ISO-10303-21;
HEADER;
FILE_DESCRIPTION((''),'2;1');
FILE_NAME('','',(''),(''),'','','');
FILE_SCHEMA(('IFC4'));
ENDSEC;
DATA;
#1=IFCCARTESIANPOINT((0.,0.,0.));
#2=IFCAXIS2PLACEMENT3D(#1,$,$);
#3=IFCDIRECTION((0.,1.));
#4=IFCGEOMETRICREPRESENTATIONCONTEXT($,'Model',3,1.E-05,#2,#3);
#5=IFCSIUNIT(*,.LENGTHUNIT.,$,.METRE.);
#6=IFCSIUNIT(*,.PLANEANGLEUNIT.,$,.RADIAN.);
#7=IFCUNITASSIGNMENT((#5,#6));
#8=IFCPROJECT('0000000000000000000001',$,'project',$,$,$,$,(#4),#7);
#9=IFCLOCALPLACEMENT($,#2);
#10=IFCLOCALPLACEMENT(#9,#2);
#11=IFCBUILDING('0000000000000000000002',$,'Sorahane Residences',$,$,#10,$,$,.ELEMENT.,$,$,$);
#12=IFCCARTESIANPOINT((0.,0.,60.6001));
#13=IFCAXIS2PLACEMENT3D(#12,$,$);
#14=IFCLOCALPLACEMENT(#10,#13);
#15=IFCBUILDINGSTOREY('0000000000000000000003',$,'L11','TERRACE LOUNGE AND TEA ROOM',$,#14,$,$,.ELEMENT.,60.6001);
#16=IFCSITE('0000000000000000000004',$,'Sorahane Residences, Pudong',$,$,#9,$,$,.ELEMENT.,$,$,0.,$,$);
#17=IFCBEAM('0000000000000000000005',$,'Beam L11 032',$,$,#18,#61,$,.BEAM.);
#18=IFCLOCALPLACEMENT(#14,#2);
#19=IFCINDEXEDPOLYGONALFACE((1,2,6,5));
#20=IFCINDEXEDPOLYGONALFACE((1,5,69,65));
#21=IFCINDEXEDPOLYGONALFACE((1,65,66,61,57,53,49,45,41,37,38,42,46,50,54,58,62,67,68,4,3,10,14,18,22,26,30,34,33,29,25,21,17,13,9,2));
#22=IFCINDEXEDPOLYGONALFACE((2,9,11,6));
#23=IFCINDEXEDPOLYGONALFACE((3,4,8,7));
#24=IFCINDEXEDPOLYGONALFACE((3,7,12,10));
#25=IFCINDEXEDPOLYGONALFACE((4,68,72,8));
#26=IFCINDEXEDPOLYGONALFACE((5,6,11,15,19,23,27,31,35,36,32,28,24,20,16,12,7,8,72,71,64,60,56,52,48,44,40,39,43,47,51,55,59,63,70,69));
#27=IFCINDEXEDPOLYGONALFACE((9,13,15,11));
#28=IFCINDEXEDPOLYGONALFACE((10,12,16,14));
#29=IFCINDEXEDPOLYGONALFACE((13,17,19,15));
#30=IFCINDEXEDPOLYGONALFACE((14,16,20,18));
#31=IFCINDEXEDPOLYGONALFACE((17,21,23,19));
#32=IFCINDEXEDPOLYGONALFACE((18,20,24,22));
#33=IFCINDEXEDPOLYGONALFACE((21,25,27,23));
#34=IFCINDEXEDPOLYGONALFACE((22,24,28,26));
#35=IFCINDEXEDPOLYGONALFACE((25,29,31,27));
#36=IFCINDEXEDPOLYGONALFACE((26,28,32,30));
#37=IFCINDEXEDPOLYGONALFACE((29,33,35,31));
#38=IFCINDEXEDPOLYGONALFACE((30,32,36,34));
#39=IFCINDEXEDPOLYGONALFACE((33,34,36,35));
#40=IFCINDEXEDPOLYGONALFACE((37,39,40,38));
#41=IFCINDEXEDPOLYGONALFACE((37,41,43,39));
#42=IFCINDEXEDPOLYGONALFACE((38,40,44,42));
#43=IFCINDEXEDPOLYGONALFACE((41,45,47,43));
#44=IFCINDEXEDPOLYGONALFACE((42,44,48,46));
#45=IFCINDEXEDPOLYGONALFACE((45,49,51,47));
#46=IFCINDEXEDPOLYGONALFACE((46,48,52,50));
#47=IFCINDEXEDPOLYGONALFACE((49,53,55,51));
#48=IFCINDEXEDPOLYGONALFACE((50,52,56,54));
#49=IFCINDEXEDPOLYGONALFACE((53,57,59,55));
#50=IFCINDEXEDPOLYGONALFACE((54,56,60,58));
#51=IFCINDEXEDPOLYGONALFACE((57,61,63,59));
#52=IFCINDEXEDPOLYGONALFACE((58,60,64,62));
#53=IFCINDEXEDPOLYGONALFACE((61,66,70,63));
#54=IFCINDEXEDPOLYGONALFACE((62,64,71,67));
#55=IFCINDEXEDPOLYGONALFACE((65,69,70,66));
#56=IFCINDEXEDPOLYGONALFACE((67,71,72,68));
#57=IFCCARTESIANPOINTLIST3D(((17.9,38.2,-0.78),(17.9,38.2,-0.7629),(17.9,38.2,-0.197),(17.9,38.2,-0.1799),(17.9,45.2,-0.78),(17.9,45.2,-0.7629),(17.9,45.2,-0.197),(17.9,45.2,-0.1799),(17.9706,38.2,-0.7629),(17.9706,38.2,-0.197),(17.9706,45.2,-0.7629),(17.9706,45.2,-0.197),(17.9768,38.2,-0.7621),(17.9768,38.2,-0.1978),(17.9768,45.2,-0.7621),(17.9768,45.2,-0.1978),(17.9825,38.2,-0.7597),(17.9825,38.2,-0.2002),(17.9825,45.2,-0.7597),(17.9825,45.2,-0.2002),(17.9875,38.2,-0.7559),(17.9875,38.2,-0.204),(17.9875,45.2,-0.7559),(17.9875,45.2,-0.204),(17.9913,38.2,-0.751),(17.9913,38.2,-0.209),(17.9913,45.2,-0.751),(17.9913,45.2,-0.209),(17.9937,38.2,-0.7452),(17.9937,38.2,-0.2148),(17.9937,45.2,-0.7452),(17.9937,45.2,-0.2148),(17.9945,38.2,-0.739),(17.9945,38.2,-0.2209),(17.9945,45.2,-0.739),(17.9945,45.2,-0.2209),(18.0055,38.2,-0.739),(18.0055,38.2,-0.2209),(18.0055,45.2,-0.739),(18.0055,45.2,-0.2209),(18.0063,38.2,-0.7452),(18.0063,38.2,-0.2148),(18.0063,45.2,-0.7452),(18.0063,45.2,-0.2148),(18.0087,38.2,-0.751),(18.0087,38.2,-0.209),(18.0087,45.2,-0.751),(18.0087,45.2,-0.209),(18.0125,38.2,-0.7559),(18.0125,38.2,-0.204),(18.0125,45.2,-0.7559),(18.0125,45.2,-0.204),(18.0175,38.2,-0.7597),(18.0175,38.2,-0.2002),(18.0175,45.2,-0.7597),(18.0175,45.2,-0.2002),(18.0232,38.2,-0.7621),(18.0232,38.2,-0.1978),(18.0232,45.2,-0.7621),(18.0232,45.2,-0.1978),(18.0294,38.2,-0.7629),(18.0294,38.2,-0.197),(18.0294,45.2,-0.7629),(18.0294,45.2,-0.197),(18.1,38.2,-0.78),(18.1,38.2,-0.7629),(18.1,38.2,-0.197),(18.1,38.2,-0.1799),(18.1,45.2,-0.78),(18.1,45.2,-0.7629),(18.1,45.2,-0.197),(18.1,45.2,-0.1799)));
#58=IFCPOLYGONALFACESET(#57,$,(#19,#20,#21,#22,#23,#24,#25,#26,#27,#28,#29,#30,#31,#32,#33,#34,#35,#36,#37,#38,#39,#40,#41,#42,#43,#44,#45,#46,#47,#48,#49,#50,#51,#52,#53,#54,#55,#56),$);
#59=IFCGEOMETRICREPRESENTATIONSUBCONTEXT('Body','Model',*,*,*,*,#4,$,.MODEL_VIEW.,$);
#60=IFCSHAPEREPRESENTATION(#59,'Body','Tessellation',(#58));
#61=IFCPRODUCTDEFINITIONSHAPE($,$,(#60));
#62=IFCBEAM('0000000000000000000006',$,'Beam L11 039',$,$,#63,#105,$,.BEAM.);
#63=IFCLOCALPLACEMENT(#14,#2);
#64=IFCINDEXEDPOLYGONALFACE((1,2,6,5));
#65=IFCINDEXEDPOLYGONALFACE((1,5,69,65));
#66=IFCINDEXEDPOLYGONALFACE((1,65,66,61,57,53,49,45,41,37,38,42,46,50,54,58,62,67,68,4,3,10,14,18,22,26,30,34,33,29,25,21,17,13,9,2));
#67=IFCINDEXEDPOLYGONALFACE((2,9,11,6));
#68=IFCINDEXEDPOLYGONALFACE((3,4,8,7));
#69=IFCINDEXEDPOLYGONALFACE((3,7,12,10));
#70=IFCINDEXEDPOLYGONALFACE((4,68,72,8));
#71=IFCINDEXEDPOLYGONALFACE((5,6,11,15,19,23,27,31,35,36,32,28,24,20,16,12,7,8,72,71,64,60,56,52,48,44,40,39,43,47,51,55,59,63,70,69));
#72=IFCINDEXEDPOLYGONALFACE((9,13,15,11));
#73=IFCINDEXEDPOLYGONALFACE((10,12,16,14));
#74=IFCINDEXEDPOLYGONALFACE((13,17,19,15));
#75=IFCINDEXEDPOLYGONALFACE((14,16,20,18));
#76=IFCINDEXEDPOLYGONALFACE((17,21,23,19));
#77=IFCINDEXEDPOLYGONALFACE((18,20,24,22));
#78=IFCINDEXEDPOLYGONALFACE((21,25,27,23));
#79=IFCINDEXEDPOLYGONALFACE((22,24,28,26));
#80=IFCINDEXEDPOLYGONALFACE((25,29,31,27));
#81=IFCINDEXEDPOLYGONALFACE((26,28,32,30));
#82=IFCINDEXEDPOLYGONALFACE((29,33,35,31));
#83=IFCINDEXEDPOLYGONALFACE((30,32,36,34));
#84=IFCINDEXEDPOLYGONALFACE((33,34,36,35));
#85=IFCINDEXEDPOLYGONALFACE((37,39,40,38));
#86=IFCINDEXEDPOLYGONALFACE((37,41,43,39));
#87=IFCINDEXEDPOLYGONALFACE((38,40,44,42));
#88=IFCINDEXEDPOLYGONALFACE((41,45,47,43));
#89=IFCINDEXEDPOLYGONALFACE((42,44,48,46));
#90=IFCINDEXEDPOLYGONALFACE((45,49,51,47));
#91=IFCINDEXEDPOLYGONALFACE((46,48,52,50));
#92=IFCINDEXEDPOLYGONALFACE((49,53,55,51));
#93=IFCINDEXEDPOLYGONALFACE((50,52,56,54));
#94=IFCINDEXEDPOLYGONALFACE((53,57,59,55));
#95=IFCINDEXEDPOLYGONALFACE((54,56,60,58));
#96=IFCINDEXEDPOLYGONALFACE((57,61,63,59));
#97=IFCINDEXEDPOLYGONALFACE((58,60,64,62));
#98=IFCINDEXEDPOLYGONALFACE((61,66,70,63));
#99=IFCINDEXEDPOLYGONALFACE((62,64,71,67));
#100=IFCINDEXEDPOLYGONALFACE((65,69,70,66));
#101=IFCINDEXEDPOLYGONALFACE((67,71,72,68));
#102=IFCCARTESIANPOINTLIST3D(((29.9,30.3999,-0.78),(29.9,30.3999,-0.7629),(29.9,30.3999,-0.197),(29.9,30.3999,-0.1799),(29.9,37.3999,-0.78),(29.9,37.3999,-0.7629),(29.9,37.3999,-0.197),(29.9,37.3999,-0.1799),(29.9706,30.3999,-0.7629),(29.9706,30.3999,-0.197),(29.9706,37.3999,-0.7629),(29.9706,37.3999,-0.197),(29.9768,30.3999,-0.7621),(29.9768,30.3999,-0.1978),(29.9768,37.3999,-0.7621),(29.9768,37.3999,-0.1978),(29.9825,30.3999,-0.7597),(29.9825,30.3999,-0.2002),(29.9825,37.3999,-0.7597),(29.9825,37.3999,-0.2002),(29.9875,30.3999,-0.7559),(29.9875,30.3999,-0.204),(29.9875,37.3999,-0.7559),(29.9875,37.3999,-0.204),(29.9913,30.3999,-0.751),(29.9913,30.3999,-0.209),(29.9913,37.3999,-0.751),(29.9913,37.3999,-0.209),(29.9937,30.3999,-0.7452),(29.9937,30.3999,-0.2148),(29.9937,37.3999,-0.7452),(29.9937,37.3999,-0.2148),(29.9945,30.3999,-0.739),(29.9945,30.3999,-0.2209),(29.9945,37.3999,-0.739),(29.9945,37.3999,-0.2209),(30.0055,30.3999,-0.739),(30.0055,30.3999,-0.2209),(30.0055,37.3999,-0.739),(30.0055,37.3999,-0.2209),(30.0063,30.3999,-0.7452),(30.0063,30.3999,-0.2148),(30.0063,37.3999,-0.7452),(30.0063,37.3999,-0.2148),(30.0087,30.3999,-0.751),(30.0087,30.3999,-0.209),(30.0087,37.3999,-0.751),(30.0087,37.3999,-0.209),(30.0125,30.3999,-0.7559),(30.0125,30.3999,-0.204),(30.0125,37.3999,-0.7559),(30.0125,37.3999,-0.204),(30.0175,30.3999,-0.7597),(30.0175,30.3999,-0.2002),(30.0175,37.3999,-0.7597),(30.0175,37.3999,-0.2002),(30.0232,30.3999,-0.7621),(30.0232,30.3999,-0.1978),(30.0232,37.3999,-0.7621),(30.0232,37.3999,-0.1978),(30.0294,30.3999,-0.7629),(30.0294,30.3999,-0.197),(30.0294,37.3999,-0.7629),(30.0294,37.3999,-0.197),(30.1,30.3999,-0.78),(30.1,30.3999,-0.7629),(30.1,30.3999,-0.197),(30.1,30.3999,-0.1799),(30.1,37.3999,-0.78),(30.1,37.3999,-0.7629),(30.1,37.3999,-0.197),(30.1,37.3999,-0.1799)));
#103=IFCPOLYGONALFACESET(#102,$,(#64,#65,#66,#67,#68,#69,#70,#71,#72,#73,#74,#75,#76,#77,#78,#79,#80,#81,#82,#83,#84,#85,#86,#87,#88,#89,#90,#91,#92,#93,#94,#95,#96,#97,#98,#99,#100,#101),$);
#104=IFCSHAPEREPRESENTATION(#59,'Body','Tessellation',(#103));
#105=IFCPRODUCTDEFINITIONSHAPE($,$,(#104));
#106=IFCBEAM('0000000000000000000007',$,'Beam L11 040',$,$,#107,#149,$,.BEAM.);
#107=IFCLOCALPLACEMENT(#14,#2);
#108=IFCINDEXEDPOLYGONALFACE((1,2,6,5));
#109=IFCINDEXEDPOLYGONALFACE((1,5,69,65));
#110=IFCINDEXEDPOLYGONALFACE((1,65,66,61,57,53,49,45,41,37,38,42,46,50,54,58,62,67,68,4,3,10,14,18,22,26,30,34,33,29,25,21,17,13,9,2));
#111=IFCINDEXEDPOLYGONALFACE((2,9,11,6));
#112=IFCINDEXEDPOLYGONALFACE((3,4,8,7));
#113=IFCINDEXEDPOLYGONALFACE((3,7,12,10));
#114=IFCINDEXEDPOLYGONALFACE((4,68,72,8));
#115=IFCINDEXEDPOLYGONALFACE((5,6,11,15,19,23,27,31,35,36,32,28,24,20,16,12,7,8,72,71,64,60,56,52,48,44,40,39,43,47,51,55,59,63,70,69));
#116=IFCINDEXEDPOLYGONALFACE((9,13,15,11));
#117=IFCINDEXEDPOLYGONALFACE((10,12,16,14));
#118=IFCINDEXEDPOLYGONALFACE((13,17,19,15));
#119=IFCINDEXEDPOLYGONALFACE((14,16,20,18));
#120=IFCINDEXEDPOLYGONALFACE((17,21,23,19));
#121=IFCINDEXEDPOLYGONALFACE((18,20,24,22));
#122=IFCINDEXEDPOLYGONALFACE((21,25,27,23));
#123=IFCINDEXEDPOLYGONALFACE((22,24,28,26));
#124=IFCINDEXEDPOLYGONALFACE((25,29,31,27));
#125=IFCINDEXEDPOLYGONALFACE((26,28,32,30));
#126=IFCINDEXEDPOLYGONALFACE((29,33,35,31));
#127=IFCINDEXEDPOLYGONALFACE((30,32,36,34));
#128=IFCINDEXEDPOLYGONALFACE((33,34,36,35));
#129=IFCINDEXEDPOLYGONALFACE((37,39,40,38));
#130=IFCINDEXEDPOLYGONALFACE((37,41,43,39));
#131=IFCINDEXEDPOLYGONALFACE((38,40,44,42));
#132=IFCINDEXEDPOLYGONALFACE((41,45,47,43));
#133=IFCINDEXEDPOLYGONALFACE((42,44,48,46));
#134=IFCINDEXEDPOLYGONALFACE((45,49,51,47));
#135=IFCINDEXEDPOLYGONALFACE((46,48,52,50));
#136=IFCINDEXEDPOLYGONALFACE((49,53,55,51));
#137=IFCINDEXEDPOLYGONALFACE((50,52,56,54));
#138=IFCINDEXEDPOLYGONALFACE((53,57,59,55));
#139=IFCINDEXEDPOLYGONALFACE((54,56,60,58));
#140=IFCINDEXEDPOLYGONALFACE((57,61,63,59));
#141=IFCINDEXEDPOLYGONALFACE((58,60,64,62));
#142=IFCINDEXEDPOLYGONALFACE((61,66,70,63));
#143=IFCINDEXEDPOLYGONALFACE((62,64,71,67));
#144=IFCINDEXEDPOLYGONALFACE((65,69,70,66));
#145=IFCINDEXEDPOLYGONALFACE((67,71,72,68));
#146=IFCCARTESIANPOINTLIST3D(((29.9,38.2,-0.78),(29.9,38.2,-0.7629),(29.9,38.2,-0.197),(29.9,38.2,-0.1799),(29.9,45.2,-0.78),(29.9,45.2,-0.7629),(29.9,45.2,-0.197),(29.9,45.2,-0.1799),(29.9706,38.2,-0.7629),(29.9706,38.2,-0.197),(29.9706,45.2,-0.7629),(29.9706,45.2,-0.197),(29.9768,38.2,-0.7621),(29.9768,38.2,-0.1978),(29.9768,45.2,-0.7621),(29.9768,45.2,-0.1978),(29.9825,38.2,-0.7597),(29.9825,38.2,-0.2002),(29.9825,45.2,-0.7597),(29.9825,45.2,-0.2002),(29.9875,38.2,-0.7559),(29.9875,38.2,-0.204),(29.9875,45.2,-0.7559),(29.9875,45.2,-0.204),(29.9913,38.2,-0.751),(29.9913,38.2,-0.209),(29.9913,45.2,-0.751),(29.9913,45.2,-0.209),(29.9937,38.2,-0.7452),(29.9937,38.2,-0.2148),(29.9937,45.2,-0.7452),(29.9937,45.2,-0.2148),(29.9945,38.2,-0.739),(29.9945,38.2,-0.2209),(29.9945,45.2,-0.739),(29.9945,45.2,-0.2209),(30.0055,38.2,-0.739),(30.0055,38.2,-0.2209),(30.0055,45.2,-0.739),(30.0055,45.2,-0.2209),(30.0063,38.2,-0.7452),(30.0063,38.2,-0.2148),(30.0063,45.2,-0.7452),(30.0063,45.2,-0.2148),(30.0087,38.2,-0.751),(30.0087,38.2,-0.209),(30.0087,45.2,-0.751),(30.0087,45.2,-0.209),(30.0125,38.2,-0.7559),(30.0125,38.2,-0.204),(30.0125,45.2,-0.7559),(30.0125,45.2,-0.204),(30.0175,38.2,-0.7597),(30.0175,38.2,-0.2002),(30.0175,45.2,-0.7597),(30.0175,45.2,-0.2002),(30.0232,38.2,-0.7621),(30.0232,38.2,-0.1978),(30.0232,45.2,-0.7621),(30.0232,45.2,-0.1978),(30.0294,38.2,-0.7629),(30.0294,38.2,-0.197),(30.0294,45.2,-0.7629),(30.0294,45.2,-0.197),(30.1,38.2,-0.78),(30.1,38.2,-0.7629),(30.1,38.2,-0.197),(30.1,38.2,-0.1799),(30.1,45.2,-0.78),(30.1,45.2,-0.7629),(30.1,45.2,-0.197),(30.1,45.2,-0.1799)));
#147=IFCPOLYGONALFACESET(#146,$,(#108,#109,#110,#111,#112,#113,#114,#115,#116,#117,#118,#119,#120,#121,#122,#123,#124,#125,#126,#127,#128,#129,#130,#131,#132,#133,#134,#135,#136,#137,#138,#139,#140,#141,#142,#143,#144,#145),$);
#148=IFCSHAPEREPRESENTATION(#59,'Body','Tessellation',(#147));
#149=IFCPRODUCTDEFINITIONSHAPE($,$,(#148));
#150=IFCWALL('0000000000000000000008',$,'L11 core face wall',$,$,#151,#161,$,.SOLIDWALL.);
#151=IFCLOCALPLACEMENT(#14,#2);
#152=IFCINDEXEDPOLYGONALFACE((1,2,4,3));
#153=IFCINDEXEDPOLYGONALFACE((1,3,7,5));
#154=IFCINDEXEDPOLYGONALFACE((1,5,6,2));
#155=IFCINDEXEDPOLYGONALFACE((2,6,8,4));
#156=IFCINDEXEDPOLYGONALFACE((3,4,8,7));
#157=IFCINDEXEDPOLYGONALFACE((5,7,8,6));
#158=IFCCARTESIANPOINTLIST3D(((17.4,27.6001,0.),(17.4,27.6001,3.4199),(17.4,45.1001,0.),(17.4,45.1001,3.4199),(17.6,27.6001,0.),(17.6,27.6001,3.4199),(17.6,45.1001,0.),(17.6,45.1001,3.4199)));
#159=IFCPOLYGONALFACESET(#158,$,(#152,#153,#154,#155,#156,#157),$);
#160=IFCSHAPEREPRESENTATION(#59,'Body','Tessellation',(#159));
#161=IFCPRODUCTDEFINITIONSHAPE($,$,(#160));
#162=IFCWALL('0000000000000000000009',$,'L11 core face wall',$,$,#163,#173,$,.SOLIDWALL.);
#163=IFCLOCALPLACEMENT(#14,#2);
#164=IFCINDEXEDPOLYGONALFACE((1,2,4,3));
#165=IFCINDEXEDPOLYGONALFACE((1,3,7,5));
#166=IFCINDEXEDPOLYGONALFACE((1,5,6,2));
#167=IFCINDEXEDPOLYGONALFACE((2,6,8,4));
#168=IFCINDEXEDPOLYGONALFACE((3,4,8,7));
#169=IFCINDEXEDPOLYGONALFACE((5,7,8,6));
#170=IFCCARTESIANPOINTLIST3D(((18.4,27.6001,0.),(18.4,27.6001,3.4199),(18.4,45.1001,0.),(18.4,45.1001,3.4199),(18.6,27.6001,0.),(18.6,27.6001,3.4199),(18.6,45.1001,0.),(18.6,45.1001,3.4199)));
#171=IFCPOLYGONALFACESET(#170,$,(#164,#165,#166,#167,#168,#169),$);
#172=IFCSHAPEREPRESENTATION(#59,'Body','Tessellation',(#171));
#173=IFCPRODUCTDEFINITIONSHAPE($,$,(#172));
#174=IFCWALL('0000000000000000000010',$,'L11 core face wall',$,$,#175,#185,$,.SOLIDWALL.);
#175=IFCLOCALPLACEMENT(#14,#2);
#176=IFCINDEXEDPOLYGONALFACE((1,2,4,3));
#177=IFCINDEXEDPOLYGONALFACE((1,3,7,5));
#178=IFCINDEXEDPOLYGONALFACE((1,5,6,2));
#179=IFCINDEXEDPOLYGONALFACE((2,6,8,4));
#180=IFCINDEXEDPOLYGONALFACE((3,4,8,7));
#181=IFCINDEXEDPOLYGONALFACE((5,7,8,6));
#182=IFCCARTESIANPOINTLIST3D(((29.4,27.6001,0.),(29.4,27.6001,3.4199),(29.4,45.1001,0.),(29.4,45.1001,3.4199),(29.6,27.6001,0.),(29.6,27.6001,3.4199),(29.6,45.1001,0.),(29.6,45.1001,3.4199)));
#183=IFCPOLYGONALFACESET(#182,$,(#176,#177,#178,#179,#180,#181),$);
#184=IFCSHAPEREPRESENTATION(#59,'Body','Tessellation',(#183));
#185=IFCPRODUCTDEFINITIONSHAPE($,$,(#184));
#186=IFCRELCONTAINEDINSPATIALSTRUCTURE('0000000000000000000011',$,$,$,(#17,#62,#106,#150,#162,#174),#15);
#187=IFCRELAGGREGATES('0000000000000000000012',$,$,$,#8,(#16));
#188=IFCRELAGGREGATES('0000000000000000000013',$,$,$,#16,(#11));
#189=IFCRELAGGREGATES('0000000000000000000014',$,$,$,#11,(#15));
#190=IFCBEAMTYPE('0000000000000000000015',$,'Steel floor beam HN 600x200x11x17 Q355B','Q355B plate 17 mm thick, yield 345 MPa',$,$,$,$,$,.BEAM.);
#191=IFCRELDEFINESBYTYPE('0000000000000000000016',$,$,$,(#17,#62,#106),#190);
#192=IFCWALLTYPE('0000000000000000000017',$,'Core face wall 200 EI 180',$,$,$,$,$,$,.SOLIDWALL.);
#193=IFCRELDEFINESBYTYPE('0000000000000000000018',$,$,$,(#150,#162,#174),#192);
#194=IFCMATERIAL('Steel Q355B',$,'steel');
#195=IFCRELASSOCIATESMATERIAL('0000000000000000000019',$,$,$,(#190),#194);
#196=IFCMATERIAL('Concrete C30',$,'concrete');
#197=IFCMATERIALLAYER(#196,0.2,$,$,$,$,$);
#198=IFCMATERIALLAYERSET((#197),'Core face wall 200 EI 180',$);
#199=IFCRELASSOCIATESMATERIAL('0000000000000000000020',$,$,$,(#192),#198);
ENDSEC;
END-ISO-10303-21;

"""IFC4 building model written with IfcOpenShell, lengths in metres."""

from ifc_helpers import new_model, si_unit, direction, frame, frame_2d, origin, origin_2d, place, context, subcontext, project, spatial, rectangle, i_section, extrude, material, layer, layer_set, material_profile, profile_set, type_object, element, save


model = new_model("IFC4")

# Units and contexts
model_context = context("Model", 3, precision=1e-05, world=origin(), true_north=direction((0.0, 1.0)))
body_context = subcontext(model_context, "Body", "Model", "MODEL_VIEW")
ifc_project = project(units=[si_unit("LENGTHUNIT", "METRE"), si_unit("PLANEANGLEUNIT", "RADIAN")], contexts=[model_context])

# Site, building, storey
site_placement = place(None, origin())
site = spatial("IfcSite", under=ifc_project, at=site_placement, Name="Sorahane Residences, Pudong", CompositionType="ELEMENT", RefElevation=0.0)
building_placement = place(site_placement, origin())
building = spatial("IfcBuilding", under=site, at=building_placement, Name="Sorahane Residences", CompositionType="ELEMENT")
storey_placement = place(building_placement, frame((0.0, 0.0, 60.6001)))
storey = spatial("IfcBuildingStorey", under=building, at=storey_placement, Name="L11", Description="TERRACE LOUNGE AND TEA ROOM", CompositionType="ELEMENT", Elevation=60.6001)

# Beams
ifc_material_1 = material(Name="Steel Q355B", Category="steel")
ifc_material_profile_1 = material_profile(ifc_material_1, i_section(OverallWidth=0.2, OverallDepth=0.6001, WebThickness=0.011, FlangeThickness=0.0171, FilletRadius=0.0239, at=origin_2d()), Name="HN 600x200x11x17")
ifc_profile_set_1 = profile_set([ifc_material_profile_1], Name="Steel Q355B")
beam_type = type_object("IfcBeamType", Name="Steel floor beam HN 600x200x11x17 Q355B", Description="Q355B plate 17 mm thick, yield 345 MPa", PredefinedType="BEAM", material=ifc_profile_set_1)
for number, where, z_axis, x_axis, name in (
    (1, (18.0, 38.2, -0.48), (0.0, 1.0, 0.0), (-1.0, 0.0, 0.0), "Beam L11 032"),
    (2, (30.0, 30.3999, -0.48), (0.0, 1.0, 0.0), (-1.0, 0.0, 0.0), "Beam L11 039"),
    (3, (30.0, 38.2, -0.48), (0.0, 1.0, 0.0), (-1.0, 0.0, 0.0), "Beam L11 040"),
):
    element("IfcBeam", number, at=place(storey_placement, frame(where, z_axis=z_axis, x_axis=x_axis)), inside=storey, type_object=beam_type, Name=name, PredefinedType="BEAM", context=body_context, shape_type="SweptSolid", body=[
        extrude(i_section(OverallWidth=0.2, OverallDepth=0.6001, WebThickness=0.011, FlangeThickness=0.0171, FilletRadius=0.0239, at=origin_2d()), origin(), (0.0, 0.0, 1.0), 7.0),
    ])

# Walls
ifc_material_2 = material(Name="Concrete C30", Category="concrete")
ifc_layer_1 = layer(ifc_material_2, 0.2)
ifc_layer_set_1 = layer_set([ifc_layer_1], Name="Core face wall 200 EI 180")
wall_type_1 = type_object("IfcWallType", Name="Core face wall 200 EI 180", PredefinedType="SOLIDWALL", material=ifc_layer_set_1)
for number, where, z_axis, x_axis, name in (
    (4, (17.5, 27.6001, 0.0), (0.0, 0.0, 1.0), (0.0, 1.0, 0.0), "L11 core face wall"),
    (5, (18.5, 27.6001, 0.0), (0.0, 0.0, 1.0), (0.0, 1.0, 0.0), "L11 core face wall"),
    (6, (29.5, 27.6001, 0.0), (0.0, 0.0, 1.0), (0.0, 1.0, 0.0), "L11 core face wall"),
):
    element("IfcWall", number, at=place(storey_placement, frame(where, z_axis=z_axis, x_axis=x_axis)), inside=storey, type_object=wall_type_1, Name=name, PredefinedType="SOLIDWALL", context=body_context, shape_type="SweptSolid", body=[
        extrude(rectangle(XDim=17.5, YDim=0.2, at=frame_2d((8.75, 0.0))), origin(), (0.0, 0.0, 1.0), 3.4199),
    ])

save(model, "model.ifc")
